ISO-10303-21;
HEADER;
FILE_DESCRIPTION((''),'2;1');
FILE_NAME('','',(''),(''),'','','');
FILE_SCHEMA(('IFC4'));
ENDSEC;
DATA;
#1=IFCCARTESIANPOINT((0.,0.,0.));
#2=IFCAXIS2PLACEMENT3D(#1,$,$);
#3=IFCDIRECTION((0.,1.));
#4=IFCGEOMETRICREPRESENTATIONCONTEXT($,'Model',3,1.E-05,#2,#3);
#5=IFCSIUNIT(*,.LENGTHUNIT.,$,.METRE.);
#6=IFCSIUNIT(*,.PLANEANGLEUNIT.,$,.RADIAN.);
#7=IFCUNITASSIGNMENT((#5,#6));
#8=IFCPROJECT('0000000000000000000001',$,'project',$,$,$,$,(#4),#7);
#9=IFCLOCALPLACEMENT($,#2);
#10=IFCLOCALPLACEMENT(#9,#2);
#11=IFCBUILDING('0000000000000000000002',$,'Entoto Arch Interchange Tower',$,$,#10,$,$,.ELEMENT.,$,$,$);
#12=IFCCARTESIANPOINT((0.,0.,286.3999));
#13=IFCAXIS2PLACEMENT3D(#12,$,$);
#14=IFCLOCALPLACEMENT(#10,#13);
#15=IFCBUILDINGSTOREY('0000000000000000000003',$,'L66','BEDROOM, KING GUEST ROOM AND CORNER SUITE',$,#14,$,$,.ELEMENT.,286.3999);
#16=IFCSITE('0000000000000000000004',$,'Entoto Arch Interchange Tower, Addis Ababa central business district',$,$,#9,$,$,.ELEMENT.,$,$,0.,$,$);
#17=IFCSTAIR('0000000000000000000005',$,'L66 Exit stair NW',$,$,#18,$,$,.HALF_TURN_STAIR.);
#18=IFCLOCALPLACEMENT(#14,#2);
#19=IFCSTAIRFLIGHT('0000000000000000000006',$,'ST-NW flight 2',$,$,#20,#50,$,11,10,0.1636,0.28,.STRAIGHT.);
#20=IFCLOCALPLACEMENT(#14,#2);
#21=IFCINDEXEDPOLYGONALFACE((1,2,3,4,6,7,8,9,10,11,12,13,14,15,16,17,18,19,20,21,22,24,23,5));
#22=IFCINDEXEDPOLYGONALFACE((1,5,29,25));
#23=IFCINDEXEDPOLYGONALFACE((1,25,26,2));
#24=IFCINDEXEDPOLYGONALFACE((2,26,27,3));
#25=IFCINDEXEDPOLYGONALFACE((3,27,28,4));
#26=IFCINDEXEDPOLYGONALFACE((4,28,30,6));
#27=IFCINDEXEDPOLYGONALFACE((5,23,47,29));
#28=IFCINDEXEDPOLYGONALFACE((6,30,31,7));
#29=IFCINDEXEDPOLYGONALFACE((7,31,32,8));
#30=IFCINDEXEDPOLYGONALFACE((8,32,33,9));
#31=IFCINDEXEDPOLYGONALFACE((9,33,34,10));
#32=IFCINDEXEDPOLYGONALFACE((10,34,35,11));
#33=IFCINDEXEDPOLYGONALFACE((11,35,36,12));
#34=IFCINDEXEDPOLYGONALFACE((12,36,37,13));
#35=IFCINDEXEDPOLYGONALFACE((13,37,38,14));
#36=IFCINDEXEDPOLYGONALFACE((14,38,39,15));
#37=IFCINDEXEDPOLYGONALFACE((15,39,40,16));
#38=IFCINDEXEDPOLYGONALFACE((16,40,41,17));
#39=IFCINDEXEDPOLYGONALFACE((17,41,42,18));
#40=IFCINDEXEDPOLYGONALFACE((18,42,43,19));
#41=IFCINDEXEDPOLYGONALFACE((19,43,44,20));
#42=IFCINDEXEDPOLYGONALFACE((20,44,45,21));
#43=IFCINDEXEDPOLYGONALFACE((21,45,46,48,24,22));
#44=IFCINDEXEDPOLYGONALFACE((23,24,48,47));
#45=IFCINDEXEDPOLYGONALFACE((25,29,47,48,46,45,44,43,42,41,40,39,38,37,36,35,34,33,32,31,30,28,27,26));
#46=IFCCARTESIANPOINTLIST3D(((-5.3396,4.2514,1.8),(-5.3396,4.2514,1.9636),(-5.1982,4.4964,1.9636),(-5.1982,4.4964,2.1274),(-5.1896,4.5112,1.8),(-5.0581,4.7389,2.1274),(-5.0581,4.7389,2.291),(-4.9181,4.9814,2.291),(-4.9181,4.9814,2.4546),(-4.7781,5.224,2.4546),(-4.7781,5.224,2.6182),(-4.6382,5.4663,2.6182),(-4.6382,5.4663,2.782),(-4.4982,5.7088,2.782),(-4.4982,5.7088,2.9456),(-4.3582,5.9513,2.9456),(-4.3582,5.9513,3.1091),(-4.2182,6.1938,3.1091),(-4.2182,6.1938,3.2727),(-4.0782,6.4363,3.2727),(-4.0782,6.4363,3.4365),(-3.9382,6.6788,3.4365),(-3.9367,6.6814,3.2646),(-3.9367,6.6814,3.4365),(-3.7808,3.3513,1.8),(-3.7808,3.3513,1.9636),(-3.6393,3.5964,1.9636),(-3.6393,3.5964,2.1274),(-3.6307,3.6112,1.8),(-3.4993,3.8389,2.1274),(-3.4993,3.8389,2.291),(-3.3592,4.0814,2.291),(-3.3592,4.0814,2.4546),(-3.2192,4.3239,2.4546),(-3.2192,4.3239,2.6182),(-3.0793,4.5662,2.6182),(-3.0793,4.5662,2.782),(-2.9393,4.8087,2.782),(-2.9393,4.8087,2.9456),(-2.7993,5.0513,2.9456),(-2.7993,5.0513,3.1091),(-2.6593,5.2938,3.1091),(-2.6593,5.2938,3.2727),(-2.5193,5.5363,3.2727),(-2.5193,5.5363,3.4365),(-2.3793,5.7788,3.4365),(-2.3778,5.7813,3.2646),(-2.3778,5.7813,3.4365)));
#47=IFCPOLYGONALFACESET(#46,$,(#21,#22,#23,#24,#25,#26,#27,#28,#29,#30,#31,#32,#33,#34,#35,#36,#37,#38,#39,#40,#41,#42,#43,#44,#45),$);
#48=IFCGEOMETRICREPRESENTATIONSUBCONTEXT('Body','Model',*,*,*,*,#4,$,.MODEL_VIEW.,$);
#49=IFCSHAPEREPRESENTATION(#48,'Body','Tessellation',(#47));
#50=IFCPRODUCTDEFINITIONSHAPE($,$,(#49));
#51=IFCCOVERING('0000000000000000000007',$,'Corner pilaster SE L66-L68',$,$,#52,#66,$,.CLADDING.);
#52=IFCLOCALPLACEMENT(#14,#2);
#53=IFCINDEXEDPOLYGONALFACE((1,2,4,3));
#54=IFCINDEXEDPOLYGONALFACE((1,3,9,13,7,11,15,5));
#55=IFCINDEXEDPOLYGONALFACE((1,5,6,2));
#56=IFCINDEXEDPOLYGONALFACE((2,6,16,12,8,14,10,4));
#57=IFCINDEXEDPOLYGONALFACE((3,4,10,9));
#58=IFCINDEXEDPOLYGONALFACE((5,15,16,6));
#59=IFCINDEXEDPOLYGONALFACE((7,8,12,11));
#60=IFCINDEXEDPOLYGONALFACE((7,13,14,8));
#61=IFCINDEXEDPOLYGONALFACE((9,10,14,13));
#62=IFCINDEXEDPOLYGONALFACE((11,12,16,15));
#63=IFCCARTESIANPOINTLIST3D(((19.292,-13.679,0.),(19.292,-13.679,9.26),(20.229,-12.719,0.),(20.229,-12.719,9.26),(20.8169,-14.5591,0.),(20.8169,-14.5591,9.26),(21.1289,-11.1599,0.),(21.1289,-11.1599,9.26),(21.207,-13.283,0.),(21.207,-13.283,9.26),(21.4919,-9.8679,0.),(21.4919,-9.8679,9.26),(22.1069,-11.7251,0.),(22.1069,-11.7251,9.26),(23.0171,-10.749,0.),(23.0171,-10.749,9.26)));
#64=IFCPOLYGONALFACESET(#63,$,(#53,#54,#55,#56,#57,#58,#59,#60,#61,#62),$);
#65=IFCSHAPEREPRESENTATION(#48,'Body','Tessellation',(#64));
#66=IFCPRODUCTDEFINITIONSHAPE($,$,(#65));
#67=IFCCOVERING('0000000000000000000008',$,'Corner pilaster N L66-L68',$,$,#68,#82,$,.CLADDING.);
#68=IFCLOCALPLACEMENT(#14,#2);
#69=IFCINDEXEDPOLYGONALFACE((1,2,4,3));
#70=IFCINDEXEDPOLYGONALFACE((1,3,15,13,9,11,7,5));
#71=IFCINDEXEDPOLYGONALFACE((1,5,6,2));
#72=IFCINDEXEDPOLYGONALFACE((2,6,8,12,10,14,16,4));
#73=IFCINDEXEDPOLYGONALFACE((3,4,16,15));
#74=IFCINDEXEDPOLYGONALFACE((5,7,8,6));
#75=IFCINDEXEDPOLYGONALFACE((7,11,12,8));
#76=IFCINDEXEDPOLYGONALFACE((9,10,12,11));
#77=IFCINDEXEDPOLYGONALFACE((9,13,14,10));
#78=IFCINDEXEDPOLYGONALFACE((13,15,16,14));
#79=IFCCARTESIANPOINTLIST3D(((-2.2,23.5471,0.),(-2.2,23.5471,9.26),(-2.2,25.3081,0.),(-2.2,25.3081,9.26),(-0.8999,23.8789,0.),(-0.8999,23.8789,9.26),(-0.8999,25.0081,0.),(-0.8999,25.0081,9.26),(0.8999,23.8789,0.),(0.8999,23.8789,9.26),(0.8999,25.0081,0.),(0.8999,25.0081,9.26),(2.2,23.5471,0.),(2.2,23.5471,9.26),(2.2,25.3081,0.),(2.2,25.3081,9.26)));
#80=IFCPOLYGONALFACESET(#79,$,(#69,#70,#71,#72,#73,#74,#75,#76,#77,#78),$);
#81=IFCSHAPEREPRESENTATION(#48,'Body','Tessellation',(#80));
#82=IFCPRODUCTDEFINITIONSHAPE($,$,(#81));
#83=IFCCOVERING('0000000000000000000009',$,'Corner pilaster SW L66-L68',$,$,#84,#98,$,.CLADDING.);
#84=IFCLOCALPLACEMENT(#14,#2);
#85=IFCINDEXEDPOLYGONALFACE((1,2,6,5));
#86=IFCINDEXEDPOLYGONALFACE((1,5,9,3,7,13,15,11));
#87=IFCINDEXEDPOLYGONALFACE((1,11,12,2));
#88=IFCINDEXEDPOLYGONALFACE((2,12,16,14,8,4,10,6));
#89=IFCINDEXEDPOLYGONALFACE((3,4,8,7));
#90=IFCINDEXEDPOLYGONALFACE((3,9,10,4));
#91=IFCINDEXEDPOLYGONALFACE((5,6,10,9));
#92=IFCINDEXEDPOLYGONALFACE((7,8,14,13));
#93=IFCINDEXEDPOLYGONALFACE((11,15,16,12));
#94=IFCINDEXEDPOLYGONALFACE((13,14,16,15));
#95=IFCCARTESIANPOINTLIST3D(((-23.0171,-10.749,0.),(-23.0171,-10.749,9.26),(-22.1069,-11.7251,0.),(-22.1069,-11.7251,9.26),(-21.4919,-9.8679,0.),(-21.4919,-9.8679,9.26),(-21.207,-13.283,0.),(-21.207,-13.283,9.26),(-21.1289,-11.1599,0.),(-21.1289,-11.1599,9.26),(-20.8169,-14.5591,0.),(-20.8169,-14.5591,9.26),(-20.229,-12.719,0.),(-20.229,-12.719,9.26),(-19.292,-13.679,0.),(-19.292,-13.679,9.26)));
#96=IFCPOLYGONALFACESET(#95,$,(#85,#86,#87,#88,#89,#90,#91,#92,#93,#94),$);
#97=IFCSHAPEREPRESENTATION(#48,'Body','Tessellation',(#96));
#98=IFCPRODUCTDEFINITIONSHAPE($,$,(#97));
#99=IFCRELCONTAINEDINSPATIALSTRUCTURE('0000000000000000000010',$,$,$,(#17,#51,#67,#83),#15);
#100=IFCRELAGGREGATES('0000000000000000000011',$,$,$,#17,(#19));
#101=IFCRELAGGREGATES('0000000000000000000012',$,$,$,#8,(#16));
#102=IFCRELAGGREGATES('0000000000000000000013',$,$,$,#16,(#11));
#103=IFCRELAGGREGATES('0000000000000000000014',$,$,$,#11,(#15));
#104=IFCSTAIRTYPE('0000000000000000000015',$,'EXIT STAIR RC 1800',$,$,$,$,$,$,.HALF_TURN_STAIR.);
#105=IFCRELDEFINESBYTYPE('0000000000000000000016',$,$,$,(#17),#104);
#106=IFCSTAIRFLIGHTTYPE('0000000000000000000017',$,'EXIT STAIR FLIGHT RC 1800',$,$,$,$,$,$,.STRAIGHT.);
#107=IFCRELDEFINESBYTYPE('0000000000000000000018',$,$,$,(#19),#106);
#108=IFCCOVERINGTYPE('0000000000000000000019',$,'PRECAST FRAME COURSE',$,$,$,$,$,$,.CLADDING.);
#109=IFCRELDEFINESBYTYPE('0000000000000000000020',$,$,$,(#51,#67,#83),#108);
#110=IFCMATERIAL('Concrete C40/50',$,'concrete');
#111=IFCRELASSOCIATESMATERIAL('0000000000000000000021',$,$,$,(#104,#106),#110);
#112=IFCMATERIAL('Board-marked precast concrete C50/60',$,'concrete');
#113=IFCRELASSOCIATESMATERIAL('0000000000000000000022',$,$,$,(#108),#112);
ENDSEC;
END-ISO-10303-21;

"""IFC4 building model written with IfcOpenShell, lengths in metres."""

from ifc_helpers import new_model, si_unit, direction, frame, origin, place, context, subcontext, project, spatial, polyline, outline, extrude, material, type_object, element, aggregate, save


model = new_model("IFC4")

# Units and contexts
model_context = context("Model", 3, precision=1e-05, world=origin(), true_north=direction((0.0, 1.0)))
body_context = subcontext(model_context, "Body", "Model", "MODEL_VIEW")
ifc_project = project(units=[si_unit("LENGTHUNIT", "METRE"), si_unit("PLANEANGLEUNIT", "RADIAN")], contexts=[model_context])

# Site, building, storey
site_placement = place(None, origin())
site = spatial("IfcSite", under=ifc_project, at=site_placement, Name="Entoto Arch Interchange Tower, Addis Ababa central business district", CompositionType="ELEMENT", RefElevation=0.0)
building_placement = place(site_placement, origin())
building = spatial("IfcBuilding", under=site, at=building_placement, Name="Entoto Arch Interchange Tower", CompositionType="ELEMENT")
storey_placement = place(building_placement, frame((0.0, 0.0, 286.3999)))
storey = spatial("IfcBuildingStorey", under=building, at=storey_placement, Name="L66", Description="BEDROOM, KING GUEST ROOM AND CORNER SUITE", CompositionType="ELEMENT", Elevation=286.3999)

# Shared definitions
ifc_material_1 = material(Name="Concrete C40/50", Category="concrete")

# Stair
stair_type = type_object("IfcStairType", Name="EXIT STAIR RC 1800", PredefinedType="HALF_TURN_STAIR", material=ifc_material_1)
stair_1_placement = place(storey_placement, origin())
stair_1 = element("IfcStair", 1, at=stair_1_placement, inside=storey, type_object=stair_type, Name="L66 Exit stair NW", PredefinedType="HALF_TURN_STAIR")

# Stair flight
stair_flight_type = type_object("IfcStairFlightType", Name="EXIT STAIR FLIGHT RC 1800", PredefinedType="STRAIGHT", material=ifc_material_1)
stair_flight_placement = place(storey_placement, frame((-4.5588, 3.804, 1.8), z_axis=(0.0, 0.0, 1.0), x_axis=(0.5, 0.866025, 0.0)))
stair_flight = element("IfcStairFlight", 2, at=stair_flight_placement, type_object=stair_flight_type, Name="ST-NW flight 2", NumberOfRisers=11, NumberOfTreads=10, PredefinedType="STRAIGHT", RiserHeight=0.1636, TreadLength=0.28, context=body_context, shape_type="SweptSolid", body=[
    extrude(outline(polyline([(-0.0029, 0.0), (-0.0029, 0.1636), (0.28, 0.1636), (0.28, 0.3274), (0.5601, 0.3274), (0.5601, 0.491), (0.8401, 0.491), (0.8401, 0.6545), (1.1201, 0.6545), (1.1201, 0.8181), (1.3999, 0.8181), (1.3999, 0.9819), (1.6799, 0.9819), (1.6799, 1.1455), (1.96, 1.1455), (1.96, 1.3091), (2.24, 1.3091), (2.24, 1.4727), (2.52, 1.4727), (2.52, 1.6365), (2.8, 1.6365), (2.803, 1.6365), (2.803, 1.4646), (0.2971, 0.0), (-0.0029, 0.0)])), frame((0.0, 0.8999, 0.0), z_axis=(0.0, -1.0, 0.0), x_axis=(1.0, 0.0, 0.0)), (0.0, 0.0, 1.0), 1.8),
])
aggregate(stair_1, [stair_flight])

# Coverings
ifc_material_2 = material(Name="Board-marked precast concrete C50/60", Category="concrete")
covering_type = type_object("IfcCoveringType", Name="PRECAST FRAME COURSE", PredefinedType="CLADDING", material=ifc_material_2)
covering_1_placement = place(storey_placement, origin())
element("IfcCovering", 3, at=covering_1_placement, inside=storey, type_object=covering_type, Name="Corner pilaster SE L66-L68", PredefinedType="CLADDING", context=body_context, shape_type="SweptSolid", body=[
    extrude(outline(polyline([(23.0171, -10.749), (20.8169, -14.5591), (19.292, -13.679), (20.229, -12.719), (21.207, -13.283), (22.1069, -11.7251), (21.1289, -11.1599), (21.4919, -9.8679), (23.0171, -10.749)])), origin(), (0.0, 0.0, 1.0), 9.26),
])
covering_2_placement = place(storey_placement, origin())
element("IfcCovering", 4, at=covering_2_placement, inside=storey, type_object=covering_type, Name="Corner pilaster N L66-L68", PredefinedType="CLADDING", context=body_context, shape_type="SweptSolid", body=[
    extrude(outline(polyline([(-2.2, 25.3081), (2.2, 25.3081), (2.2, 23.5471), (0.8999, 23.8789), (0.8999, 25.0081), (-0.8999, 25.0081), (-0.8999, 23.8789), (-2.2, 23.5471), (-2.2, 25.3081)])), origin(), (0.0, 0.0, 1.0), 9.26),
])
covering_3_placement = place(storey_placement, origin())
element("IfcCovering", 5, at=covering_3_placement, inside=storey, type_object=covering_type, Name="Corner pilaster SW L66-L68", PredefinedType="CLADDING", context=body_context, shape_type="SweptSolid", body=[
    extrude(outline(polyline([(-20.8169, -14.5591), (-23.0171, -10.749), (-21.4919, -9.8679), (-21.1289, -11.1599), (-22.1069, -11.7251), (-21.207, -13.283), (-20.229, -12.719), (-19.292, -13.679), (-20.8169, -14.5591)])), origin(), (0.0, 0.0, 1.0), 9.26),
])

save(model, "model.ifc")
